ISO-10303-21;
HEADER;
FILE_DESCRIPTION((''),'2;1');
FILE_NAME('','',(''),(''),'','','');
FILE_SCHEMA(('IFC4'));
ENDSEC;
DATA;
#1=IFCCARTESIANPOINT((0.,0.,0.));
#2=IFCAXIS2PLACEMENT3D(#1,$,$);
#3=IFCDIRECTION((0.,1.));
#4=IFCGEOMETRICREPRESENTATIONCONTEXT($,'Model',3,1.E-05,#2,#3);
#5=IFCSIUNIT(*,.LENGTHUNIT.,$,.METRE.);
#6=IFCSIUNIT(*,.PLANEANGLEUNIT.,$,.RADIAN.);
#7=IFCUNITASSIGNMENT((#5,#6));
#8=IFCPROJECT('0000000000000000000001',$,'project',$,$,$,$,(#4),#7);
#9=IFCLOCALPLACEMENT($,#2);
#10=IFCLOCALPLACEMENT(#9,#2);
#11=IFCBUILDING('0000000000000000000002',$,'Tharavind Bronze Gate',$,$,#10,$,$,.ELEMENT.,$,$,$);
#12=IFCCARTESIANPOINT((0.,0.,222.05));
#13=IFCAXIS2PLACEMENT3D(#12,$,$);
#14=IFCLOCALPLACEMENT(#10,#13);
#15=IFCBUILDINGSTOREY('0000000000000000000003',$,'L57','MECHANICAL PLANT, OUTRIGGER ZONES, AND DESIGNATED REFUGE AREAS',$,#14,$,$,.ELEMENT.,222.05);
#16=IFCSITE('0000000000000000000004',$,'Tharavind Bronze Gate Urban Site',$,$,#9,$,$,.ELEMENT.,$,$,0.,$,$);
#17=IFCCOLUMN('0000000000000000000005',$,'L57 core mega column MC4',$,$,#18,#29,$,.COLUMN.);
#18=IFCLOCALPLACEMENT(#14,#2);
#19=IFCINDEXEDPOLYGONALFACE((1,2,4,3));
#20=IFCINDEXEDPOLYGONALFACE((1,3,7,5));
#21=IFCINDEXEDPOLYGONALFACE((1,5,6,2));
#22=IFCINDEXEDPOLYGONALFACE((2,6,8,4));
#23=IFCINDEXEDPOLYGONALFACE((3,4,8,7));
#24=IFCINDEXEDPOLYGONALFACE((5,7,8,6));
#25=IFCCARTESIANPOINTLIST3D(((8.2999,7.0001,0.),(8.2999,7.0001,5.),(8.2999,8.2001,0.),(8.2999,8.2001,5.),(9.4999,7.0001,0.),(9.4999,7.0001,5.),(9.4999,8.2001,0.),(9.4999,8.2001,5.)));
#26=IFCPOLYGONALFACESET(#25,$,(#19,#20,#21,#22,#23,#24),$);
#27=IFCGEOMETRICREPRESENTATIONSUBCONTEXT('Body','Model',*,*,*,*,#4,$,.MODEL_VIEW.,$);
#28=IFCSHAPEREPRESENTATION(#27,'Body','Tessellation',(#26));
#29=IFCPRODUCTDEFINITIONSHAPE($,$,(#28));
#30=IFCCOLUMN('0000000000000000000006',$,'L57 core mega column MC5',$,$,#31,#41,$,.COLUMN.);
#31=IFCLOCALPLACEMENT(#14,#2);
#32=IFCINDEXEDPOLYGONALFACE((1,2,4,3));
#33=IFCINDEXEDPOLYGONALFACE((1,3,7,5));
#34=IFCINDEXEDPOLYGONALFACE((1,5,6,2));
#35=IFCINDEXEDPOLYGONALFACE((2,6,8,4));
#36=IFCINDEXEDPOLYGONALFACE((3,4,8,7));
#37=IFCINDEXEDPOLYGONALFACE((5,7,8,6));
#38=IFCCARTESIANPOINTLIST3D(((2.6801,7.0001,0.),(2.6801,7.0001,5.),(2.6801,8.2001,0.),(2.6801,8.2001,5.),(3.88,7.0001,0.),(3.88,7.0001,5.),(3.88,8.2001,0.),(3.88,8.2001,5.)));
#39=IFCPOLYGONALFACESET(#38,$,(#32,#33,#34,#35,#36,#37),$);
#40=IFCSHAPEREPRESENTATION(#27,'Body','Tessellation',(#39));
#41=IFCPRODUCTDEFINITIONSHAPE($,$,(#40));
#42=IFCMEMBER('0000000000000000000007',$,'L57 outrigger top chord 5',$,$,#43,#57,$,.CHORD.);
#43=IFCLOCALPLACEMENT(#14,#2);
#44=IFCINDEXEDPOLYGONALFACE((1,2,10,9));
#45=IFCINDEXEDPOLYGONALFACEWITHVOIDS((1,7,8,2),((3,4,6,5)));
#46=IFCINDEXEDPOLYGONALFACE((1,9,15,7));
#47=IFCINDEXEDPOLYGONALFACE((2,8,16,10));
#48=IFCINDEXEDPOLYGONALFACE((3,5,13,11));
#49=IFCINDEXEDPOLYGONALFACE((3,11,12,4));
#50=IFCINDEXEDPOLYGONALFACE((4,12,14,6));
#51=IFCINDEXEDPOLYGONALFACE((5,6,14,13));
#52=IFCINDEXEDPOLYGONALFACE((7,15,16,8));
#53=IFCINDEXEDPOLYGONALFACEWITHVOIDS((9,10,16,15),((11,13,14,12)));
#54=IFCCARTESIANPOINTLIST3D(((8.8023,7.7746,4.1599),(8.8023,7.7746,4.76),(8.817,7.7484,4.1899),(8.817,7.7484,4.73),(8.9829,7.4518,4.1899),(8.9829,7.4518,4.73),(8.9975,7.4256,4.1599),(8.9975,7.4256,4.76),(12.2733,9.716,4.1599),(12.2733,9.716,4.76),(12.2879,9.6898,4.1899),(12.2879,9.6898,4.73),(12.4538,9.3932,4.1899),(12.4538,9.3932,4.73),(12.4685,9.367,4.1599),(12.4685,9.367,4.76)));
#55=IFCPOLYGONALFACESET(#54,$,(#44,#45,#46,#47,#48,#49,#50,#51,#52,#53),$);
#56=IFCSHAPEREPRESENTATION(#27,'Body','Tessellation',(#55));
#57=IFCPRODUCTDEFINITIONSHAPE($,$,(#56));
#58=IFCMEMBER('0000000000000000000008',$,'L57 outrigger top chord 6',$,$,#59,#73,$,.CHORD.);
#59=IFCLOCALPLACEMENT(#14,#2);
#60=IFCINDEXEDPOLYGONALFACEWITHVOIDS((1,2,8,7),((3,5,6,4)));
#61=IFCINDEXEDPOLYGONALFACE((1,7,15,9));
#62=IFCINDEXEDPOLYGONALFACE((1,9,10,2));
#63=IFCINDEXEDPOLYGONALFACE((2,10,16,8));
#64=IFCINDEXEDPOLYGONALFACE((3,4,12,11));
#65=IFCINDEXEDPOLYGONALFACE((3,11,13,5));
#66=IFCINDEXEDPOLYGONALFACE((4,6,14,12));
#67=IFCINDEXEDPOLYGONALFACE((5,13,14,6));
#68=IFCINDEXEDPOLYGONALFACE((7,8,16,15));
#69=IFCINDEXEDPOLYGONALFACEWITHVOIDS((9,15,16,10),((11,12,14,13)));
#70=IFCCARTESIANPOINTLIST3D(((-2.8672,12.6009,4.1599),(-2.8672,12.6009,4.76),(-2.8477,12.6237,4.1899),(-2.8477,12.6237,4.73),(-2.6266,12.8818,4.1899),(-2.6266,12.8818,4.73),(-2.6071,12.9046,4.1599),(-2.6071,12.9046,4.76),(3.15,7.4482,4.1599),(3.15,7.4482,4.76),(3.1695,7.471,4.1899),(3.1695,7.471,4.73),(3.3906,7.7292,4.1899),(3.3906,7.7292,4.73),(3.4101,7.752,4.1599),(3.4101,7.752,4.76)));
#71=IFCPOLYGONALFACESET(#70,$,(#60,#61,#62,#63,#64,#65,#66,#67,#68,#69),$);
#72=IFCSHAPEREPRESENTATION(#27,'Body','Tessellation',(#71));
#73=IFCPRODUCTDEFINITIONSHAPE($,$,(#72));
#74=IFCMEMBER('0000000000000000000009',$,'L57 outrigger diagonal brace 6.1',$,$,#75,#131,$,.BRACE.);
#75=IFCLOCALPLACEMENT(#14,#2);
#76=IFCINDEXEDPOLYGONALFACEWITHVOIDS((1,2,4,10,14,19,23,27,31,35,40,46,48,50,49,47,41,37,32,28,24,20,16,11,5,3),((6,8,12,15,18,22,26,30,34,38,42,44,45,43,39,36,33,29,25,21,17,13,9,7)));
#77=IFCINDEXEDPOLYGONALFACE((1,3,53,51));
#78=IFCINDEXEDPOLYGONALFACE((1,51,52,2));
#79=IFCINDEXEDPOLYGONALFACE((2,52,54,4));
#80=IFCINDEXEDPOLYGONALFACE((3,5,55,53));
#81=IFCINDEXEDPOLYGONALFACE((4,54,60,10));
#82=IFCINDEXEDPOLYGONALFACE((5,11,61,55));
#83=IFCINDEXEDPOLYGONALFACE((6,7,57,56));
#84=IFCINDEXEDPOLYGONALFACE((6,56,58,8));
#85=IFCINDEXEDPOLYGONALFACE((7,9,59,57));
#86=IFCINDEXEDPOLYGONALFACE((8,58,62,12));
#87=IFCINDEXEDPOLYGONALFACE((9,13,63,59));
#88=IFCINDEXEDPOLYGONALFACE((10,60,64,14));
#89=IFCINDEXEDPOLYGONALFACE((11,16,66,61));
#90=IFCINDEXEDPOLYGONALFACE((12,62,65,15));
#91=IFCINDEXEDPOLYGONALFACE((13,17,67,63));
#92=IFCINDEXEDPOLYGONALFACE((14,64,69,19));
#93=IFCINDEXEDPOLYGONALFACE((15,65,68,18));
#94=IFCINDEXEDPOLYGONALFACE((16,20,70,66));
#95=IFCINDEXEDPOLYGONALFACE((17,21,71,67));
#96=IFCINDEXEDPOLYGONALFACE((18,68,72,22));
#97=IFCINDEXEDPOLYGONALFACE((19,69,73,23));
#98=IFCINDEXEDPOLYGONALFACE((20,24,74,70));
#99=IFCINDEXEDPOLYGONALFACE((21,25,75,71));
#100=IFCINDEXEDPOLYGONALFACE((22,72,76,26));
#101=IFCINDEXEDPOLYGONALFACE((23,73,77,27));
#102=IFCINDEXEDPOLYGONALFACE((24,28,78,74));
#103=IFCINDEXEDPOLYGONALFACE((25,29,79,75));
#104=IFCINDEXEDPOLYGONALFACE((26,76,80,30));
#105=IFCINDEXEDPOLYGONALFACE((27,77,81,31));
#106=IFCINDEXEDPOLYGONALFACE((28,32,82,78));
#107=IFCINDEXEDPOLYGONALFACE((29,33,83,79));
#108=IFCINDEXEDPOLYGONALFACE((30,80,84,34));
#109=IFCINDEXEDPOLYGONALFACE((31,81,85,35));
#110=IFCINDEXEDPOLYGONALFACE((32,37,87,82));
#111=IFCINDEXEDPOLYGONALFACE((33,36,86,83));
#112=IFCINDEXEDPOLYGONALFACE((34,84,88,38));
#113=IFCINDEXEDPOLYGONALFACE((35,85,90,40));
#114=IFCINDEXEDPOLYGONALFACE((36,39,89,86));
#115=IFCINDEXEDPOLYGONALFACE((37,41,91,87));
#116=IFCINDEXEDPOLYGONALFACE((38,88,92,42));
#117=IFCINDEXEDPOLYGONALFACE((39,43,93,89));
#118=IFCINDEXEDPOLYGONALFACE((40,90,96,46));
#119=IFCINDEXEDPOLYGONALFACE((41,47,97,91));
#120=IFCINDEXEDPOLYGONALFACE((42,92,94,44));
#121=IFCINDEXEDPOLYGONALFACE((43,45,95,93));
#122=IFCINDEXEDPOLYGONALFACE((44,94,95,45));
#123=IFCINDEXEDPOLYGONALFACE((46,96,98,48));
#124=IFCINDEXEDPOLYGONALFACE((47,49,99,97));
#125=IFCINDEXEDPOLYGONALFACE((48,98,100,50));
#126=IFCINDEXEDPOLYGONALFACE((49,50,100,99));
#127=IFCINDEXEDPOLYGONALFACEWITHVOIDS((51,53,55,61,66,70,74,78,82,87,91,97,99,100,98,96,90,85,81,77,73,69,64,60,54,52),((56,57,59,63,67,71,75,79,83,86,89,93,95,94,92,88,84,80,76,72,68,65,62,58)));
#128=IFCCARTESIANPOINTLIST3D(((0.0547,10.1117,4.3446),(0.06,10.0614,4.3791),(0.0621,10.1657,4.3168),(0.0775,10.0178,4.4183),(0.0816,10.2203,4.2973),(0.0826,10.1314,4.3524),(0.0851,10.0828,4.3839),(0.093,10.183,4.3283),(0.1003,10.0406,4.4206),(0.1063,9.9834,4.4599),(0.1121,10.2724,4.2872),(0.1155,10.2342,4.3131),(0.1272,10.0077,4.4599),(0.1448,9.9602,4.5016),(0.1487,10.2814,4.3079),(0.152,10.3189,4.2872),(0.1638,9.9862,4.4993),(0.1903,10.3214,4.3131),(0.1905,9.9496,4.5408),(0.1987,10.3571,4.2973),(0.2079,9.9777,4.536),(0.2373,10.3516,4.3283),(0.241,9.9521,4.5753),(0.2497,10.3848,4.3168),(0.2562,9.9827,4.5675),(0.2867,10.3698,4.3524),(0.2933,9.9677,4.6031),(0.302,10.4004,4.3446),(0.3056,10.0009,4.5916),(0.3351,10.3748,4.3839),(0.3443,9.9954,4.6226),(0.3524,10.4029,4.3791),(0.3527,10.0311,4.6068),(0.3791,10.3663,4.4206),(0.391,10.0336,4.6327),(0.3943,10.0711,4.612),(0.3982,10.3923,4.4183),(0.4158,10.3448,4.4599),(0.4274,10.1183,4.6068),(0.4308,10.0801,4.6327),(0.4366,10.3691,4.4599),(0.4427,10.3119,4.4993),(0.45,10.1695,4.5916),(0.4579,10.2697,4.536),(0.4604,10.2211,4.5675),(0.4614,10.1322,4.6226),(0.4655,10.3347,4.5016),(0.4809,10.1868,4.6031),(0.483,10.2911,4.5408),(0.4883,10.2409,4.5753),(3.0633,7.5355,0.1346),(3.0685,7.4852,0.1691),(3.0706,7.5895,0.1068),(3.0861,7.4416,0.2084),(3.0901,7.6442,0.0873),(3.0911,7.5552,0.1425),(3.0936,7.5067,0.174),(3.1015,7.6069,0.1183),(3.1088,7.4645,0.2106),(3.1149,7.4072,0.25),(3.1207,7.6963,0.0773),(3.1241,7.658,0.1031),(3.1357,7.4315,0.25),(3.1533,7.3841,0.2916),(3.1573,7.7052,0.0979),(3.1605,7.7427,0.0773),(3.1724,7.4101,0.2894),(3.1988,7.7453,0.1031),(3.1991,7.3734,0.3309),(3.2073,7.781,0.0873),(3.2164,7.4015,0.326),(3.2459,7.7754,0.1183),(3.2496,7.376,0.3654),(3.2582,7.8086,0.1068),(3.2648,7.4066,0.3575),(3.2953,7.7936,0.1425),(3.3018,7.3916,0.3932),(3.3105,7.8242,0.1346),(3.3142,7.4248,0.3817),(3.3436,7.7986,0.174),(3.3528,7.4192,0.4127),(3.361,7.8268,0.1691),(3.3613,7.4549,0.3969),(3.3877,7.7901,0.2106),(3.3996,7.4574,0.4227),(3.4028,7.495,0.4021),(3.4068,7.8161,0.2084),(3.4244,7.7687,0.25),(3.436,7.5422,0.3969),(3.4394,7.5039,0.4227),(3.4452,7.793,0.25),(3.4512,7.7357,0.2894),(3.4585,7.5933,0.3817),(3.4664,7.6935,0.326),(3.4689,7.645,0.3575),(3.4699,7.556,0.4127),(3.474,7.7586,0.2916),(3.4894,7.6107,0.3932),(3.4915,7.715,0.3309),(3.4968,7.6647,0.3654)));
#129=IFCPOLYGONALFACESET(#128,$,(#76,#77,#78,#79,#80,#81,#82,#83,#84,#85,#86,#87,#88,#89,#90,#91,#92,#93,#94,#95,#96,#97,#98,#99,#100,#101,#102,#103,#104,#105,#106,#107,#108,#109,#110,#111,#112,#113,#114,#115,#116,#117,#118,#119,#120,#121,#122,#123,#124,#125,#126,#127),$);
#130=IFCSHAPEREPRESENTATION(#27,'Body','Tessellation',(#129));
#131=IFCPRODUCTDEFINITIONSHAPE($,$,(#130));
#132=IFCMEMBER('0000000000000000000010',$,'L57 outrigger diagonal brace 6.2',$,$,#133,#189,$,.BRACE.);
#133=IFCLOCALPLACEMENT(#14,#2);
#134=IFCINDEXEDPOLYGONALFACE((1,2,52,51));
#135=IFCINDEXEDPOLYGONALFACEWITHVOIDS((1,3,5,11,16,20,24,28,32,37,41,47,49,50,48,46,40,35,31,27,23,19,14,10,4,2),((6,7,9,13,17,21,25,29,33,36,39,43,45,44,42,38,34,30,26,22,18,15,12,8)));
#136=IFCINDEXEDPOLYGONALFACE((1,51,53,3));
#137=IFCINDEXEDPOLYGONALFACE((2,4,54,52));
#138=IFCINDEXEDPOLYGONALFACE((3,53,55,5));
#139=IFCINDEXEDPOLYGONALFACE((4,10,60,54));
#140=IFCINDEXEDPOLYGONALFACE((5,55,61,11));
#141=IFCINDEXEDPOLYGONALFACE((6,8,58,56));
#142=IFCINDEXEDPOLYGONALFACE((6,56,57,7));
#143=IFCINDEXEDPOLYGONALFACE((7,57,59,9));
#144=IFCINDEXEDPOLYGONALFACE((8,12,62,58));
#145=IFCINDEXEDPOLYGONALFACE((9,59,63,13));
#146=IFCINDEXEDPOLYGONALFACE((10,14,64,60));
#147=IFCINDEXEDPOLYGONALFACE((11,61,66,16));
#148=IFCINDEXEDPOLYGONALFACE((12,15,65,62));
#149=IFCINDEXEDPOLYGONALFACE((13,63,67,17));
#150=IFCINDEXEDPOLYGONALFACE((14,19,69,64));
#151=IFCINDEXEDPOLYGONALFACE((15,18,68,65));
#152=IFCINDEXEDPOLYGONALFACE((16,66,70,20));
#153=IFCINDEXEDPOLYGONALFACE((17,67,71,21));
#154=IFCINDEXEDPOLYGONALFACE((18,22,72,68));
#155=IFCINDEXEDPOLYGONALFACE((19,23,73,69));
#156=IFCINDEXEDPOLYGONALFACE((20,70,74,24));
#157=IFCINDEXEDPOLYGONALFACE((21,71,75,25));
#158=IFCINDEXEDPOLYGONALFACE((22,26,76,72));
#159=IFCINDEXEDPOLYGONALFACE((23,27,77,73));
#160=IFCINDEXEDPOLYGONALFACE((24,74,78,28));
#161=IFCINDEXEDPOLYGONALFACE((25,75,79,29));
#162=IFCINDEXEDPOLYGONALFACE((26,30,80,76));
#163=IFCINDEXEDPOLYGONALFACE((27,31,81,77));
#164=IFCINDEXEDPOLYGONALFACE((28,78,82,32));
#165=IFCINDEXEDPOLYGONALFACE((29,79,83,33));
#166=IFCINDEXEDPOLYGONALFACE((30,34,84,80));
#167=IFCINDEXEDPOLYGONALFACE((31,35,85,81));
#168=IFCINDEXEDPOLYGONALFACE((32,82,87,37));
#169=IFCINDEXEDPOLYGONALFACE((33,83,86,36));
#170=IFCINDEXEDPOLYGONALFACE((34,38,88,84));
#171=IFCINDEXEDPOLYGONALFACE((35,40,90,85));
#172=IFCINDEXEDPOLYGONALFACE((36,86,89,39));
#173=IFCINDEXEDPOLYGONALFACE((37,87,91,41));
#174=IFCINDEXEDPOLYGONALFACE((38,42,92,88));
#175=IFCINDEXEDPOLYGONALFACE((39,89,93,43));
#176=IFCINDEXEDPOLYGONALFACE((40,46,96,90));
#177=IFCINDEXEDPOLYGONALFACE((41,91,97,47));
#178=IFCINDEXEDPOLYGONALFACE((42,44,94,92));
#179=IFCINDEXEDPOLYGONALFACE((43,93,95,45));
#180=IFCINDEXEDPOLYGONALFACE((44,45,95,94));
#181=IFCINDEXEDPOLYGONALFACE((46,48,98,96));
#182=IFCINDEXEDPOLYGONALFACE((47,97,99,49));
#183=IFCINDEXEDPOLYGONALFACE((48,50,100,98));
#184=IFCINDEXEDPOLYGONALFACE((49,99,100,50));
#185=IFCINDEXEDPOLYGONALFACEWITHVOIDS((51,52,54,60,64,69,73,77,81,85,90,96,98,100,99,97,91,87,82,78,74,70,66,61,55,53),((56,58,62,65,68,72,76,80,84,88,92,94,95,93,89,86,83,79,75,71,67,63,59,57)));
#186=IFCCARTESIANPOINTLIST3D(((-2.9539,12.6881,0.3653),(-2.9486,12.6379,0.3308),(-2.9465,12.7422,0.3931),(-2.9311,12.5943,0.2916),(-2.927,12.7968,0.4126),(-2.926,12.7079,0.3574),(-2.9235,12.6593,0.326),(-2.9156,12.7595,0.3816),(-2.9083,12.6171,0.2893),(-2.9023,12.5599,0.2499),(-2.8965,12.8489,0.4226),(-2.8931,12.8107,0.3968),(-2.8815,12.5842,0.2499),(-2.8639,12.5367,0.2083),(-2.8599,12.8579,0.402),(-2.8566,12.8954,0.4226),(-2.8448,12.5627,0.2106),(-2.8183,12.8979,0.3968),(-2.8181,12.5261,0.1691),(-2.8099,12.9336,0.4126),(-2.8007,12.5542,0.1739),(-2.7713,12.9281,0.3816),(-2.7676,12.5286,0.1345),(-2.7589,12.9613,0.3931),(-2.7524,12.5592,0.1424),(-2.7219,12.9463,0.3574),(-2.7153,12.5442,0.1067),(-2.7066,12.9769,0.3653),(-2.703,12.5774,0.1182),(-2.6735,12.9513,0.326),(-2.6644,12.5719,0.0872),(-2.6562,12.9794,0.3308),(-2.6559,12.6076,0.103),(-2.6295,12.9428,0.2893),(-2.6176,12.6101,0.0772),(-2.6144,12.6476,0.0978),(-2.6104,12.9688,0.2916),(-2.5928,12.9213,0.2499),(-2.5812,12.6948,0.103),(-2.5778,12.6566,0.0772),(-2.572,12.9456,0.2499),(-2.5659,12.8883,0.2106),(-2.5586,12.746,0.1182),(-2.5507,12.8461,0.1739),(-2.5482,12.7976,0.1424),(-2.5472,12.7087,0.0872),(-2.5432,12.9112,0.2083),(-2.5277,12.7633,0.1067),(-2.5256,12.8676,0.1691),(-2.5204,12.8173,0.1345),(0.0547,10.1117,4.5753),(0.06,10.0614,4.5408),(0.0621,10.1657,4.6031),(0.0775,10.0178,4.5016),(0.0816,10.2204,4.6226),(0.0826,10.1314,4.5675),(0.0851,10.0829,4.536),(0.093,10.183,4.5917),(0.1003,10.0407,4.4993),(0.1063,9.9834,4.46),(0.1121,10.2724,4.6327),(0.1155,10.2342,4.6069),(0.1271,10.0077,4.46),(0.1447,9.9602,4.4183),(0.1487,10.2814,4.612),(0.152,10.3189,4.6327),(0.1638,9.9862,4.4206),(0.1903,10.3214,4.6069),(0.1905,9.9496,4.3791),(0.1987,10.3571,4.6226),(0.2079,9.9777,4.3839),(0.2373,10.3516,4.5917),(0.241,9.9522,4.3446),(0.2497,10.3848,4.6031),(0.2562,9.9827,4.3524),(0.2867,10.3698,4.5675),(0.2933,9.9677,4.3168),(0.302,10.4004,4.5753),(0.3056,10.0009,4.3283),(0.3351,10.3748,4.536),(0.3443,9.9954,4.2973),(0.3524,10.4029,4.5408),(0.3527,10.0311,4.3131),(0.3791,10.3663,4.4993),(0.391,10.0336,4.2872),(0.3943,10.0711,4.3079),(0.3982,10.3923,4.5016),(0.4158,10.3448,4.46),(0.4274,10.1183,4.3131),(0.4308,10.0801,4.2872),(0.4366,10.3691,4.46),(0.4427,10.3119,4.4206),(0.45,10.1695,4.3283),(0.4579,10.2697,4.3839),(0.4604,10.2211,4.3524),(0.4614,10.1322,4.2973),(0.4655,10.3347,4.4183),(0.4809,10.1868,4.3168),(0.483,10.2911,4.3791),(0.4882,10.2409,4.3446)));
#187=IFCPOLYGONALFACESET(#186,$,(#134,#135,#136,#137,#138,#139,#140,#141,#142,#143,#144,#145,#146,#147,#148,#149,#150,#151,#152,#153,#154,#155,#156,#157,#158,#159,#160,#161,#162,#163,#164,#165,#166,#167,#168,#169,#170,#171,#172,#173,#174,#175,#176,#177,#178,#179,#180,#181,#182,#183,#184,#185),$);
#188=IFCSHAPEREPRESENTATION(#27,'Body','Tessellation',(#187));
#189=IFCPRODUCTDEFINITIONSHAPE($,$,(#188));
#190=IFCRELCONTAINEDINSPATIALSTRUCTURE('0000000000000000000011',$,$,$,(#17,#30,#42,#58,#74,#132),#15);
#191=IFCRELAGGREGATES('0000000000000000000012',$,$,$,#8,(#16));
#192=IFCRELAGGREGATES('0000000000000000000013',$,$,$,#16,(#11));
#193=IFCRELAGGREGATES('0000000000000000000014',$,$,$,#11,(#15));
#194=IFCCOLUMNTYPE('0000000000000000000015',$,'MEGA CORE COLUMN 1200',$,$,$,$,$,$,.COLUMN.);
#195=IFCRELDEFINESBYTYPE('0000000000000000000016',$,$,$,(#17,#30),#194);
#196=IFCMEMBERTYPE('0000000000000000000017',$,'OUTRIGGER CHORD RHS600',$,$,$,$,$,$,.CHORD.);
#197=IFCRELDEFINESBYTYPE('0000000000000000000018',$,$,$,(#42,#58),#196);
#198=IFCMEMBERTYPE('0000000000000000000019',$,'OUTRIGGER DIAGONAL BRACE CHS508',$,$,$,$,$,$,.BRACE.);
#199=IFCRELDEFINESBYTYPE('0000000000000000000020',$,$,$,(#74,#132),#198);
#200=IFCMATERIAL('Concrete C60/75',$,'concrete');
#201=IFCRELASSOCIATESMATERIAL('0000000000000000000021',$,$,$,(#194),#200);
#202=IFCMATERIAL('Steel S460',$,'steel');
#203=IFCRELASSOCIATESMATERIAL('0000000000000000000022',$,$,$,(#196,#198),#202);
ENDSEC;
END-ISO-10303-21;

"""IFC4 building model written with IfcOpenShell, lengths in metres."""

from ifc_helpers import new_model, si_unit, direction, frame, origin, origin_2d, place, context, subcontext, project, spatial, rectangle, hollow_rectangle, hollow_circle, extrude, material, material_profile, profile_set, type_object, element, save


model = new_model("IFC4")

# Units and contexts
model_context = context("Model", 3, precision=1e-05, world=origin(), true_north=direction((0.0, 1.0)))
body_context = subcontext(model_context, "Body", "Model", "MODEL_VIEW")
ifc_project = project(units=[si_unit("LENGTHUNIT", "METRE"), si_unit("PLANEANGLEUNIT", "RADIAN")], contexts=[model_context])

# Site, building, storey
site_placement = place(None, origin())
site = spatial("IfcSite", under=ifc_project, at=site_placement, Name="Tharavind Bronze Gate Urban Site", CompositionType="ELEMENT", RefElevation=0.0)
building_placement = place(site_placement, origin())
building = spatial("IfcBuilding", under=site, at=building_placement, Name="Tharavind Bronze Gate", CompositionType="ELEMENT")
storey_placement = place(building_placement, frame((0.0, 0.0, 222.05)))
storey = spatial("IfcBuildingStorey", under=building, at=storey_placement, Name="L57", Description="MECHANICAL PLANT, OUTRIGGER ZONES, AND DESIGNATED REFUGE AREAS", CompositionType="ELEMENT", Elevation=222.05)

# Columns
ifc_material_1 = material(Name="Concrete C60/75", Category="concrete")
ifc_material_profile_1 = material_profile(ifc_material_1, rectangle(XDim=1.2, YDim=1.2, at=origin_2d()), Name="RCCOL1200")
ifc_profile_set_1 = profile_set([ifc_material_profile_1], Name="Concrete C60/75")
column_type = type_object("IfcColumnType", Name="MEGA CORE COLUMN 1200", PredefinedType="COLUMN", material=ifc_profile_set_1)
for number, where, z_axis, x_axis, name in (
    (1, (8.8999, 7.6001, 0.0), (0.0, 0.0, 1.0), (1.0, 0.0, 0.0), "L57 core mega column MC4"),
    (2, (3.28, 7.6001, 0.0), (0.0, 0.0, 1.0), (1.0, 0.0, 0.0), "L57 core mega column MC5"),
):
    element("IfcColumn", number, at=place(storey_placement, frame(where, z_axis=z_axis, x_axis=x_axis)), inside=storey, type_object=column_type, Name=name, PredefinedType="COLUMN", context=body_context, shape_type="SweptSolid", body=[
        extrude(rectangle(XDim=1.2, YDim=1.2, at=origin_2d()), origin(), (0.0, 0.0, 1.0), 5.0),
    ])

# Members
ifc_material_2 = material(Name="Steel S460", Category="steel")
ifc_material_profile_2 = material_profile(ifc_material_2, hollow_rectangle(XDim=0.3999, YDim=0.6001, WallThickness=0.03, at=origin_2d()), Name="RHS600X400X30")
ifc_profile_set_2 = profile_set([ifc_material_profile_2], Name="Steel S460")
member_type_1 = type_object("IfcMemberType", Name="OUTRIGGER CHORD RHS600", PredefinedType="CHORD", material=ifc_profile_set_2)
member_1_placement = place(storey_placement, frame((8.8999, 7.6001, 4.46), z_axis=(0.872755, 0.488158, 0.0), x_axis=(-0.488158, 0.872755, 0.0)))
element("IfcMember", 3, at=member_1_placement, inside=storey, type_object=member_type_1, Name="L57 outrigger top chord 5", PredefinedType="CHORD", context=body_context, shape_type="SweptSolid", body=[
    extrude(hollow_rectangle(XDim=0.3999, YDim=0.6001, WallThickness=0.03, at=origin_2d()), origin(), (0.0, 0.0, 1.0), 3.9771),
])
member_2_placement = place(storey_placement, frame((3.28, 7.6001, 4.46), z_axis=(-0.759563, 0.650433, 0.0), x_axis=(-0.650433, -0.759563, 0.0)))
element("IfcMember", 4, at=member_2_placement, inside=storey, type_object=member_type_1, Name="L57 outrigger top chord 6", PredefinedType="CHORD", context=body_context, shape_type="SweptSolid", body=[
    extrude(hollow_rectangle(XDim=0.3999, YDim=0.6001, WallThickness=0.03, at=origin_2d()), origin(), (0.0, 0.0, 1.0), 7.9219),
])
ifc_material_profile_3 = material_profile(ifc_material_2, hollow_circle(Radius=0.2539, WallThickness=0.032, at=origin_2d()), Name="CHS508X32")
ifc_profile_set_3 = profile_set([ifc_material_profile_3], Name="Steel S460")
member_type_2 = type_object("IfcMemberType", Name="OUTRIGGER DIAGONAL BRACE CHS508", PredefinedType="BRACE", material=ifc_profile_set_3)
member_3_placement = place(storey_placement, frame((3.28, 7.6001, 0.25), z_axis=(-0.520483, 0.445682, 0.72833), x_axis=(-0.650416, -0.759578, 0.0)))
element("IfcMember", 5, at=member_3_placement, inside=storey, type_object=member_type_2, Name="L57 outrigger diagonal brace 6.1", PredefinedType="BRACE", context=body_context, shape_type="SweptSolid", body=[
    extrude(hollow_circle(Radius=0.2539, WallThickness=0.032, at=origin_2d()), origin(), (0.0, 0.0, 1.0), 5.7803),
])
member_4_placement = place(storey_placement, frame((0.2715, 10.1763, 4.46), z_axis=(-0.520473, 0.445716, -0.728316), x_axis=(-0.650451, -0.759548, 0.0)))
element("IfcMember", 6, at=member_4_placement, inside=storey, type_object=member_type_2, Name="L57 outrigger diagonal brace 6.2", PredefinedType="BRACE", context=body_context, shape_type="SweptSolid", body=[
    extrude(hollow_circle(Radius=0.2539, WallThickness=0.032, at=origin_2d()), origin(), (0.0, 0.0, 1.0), 5.7805),
])

save(model, "model.ifc")
